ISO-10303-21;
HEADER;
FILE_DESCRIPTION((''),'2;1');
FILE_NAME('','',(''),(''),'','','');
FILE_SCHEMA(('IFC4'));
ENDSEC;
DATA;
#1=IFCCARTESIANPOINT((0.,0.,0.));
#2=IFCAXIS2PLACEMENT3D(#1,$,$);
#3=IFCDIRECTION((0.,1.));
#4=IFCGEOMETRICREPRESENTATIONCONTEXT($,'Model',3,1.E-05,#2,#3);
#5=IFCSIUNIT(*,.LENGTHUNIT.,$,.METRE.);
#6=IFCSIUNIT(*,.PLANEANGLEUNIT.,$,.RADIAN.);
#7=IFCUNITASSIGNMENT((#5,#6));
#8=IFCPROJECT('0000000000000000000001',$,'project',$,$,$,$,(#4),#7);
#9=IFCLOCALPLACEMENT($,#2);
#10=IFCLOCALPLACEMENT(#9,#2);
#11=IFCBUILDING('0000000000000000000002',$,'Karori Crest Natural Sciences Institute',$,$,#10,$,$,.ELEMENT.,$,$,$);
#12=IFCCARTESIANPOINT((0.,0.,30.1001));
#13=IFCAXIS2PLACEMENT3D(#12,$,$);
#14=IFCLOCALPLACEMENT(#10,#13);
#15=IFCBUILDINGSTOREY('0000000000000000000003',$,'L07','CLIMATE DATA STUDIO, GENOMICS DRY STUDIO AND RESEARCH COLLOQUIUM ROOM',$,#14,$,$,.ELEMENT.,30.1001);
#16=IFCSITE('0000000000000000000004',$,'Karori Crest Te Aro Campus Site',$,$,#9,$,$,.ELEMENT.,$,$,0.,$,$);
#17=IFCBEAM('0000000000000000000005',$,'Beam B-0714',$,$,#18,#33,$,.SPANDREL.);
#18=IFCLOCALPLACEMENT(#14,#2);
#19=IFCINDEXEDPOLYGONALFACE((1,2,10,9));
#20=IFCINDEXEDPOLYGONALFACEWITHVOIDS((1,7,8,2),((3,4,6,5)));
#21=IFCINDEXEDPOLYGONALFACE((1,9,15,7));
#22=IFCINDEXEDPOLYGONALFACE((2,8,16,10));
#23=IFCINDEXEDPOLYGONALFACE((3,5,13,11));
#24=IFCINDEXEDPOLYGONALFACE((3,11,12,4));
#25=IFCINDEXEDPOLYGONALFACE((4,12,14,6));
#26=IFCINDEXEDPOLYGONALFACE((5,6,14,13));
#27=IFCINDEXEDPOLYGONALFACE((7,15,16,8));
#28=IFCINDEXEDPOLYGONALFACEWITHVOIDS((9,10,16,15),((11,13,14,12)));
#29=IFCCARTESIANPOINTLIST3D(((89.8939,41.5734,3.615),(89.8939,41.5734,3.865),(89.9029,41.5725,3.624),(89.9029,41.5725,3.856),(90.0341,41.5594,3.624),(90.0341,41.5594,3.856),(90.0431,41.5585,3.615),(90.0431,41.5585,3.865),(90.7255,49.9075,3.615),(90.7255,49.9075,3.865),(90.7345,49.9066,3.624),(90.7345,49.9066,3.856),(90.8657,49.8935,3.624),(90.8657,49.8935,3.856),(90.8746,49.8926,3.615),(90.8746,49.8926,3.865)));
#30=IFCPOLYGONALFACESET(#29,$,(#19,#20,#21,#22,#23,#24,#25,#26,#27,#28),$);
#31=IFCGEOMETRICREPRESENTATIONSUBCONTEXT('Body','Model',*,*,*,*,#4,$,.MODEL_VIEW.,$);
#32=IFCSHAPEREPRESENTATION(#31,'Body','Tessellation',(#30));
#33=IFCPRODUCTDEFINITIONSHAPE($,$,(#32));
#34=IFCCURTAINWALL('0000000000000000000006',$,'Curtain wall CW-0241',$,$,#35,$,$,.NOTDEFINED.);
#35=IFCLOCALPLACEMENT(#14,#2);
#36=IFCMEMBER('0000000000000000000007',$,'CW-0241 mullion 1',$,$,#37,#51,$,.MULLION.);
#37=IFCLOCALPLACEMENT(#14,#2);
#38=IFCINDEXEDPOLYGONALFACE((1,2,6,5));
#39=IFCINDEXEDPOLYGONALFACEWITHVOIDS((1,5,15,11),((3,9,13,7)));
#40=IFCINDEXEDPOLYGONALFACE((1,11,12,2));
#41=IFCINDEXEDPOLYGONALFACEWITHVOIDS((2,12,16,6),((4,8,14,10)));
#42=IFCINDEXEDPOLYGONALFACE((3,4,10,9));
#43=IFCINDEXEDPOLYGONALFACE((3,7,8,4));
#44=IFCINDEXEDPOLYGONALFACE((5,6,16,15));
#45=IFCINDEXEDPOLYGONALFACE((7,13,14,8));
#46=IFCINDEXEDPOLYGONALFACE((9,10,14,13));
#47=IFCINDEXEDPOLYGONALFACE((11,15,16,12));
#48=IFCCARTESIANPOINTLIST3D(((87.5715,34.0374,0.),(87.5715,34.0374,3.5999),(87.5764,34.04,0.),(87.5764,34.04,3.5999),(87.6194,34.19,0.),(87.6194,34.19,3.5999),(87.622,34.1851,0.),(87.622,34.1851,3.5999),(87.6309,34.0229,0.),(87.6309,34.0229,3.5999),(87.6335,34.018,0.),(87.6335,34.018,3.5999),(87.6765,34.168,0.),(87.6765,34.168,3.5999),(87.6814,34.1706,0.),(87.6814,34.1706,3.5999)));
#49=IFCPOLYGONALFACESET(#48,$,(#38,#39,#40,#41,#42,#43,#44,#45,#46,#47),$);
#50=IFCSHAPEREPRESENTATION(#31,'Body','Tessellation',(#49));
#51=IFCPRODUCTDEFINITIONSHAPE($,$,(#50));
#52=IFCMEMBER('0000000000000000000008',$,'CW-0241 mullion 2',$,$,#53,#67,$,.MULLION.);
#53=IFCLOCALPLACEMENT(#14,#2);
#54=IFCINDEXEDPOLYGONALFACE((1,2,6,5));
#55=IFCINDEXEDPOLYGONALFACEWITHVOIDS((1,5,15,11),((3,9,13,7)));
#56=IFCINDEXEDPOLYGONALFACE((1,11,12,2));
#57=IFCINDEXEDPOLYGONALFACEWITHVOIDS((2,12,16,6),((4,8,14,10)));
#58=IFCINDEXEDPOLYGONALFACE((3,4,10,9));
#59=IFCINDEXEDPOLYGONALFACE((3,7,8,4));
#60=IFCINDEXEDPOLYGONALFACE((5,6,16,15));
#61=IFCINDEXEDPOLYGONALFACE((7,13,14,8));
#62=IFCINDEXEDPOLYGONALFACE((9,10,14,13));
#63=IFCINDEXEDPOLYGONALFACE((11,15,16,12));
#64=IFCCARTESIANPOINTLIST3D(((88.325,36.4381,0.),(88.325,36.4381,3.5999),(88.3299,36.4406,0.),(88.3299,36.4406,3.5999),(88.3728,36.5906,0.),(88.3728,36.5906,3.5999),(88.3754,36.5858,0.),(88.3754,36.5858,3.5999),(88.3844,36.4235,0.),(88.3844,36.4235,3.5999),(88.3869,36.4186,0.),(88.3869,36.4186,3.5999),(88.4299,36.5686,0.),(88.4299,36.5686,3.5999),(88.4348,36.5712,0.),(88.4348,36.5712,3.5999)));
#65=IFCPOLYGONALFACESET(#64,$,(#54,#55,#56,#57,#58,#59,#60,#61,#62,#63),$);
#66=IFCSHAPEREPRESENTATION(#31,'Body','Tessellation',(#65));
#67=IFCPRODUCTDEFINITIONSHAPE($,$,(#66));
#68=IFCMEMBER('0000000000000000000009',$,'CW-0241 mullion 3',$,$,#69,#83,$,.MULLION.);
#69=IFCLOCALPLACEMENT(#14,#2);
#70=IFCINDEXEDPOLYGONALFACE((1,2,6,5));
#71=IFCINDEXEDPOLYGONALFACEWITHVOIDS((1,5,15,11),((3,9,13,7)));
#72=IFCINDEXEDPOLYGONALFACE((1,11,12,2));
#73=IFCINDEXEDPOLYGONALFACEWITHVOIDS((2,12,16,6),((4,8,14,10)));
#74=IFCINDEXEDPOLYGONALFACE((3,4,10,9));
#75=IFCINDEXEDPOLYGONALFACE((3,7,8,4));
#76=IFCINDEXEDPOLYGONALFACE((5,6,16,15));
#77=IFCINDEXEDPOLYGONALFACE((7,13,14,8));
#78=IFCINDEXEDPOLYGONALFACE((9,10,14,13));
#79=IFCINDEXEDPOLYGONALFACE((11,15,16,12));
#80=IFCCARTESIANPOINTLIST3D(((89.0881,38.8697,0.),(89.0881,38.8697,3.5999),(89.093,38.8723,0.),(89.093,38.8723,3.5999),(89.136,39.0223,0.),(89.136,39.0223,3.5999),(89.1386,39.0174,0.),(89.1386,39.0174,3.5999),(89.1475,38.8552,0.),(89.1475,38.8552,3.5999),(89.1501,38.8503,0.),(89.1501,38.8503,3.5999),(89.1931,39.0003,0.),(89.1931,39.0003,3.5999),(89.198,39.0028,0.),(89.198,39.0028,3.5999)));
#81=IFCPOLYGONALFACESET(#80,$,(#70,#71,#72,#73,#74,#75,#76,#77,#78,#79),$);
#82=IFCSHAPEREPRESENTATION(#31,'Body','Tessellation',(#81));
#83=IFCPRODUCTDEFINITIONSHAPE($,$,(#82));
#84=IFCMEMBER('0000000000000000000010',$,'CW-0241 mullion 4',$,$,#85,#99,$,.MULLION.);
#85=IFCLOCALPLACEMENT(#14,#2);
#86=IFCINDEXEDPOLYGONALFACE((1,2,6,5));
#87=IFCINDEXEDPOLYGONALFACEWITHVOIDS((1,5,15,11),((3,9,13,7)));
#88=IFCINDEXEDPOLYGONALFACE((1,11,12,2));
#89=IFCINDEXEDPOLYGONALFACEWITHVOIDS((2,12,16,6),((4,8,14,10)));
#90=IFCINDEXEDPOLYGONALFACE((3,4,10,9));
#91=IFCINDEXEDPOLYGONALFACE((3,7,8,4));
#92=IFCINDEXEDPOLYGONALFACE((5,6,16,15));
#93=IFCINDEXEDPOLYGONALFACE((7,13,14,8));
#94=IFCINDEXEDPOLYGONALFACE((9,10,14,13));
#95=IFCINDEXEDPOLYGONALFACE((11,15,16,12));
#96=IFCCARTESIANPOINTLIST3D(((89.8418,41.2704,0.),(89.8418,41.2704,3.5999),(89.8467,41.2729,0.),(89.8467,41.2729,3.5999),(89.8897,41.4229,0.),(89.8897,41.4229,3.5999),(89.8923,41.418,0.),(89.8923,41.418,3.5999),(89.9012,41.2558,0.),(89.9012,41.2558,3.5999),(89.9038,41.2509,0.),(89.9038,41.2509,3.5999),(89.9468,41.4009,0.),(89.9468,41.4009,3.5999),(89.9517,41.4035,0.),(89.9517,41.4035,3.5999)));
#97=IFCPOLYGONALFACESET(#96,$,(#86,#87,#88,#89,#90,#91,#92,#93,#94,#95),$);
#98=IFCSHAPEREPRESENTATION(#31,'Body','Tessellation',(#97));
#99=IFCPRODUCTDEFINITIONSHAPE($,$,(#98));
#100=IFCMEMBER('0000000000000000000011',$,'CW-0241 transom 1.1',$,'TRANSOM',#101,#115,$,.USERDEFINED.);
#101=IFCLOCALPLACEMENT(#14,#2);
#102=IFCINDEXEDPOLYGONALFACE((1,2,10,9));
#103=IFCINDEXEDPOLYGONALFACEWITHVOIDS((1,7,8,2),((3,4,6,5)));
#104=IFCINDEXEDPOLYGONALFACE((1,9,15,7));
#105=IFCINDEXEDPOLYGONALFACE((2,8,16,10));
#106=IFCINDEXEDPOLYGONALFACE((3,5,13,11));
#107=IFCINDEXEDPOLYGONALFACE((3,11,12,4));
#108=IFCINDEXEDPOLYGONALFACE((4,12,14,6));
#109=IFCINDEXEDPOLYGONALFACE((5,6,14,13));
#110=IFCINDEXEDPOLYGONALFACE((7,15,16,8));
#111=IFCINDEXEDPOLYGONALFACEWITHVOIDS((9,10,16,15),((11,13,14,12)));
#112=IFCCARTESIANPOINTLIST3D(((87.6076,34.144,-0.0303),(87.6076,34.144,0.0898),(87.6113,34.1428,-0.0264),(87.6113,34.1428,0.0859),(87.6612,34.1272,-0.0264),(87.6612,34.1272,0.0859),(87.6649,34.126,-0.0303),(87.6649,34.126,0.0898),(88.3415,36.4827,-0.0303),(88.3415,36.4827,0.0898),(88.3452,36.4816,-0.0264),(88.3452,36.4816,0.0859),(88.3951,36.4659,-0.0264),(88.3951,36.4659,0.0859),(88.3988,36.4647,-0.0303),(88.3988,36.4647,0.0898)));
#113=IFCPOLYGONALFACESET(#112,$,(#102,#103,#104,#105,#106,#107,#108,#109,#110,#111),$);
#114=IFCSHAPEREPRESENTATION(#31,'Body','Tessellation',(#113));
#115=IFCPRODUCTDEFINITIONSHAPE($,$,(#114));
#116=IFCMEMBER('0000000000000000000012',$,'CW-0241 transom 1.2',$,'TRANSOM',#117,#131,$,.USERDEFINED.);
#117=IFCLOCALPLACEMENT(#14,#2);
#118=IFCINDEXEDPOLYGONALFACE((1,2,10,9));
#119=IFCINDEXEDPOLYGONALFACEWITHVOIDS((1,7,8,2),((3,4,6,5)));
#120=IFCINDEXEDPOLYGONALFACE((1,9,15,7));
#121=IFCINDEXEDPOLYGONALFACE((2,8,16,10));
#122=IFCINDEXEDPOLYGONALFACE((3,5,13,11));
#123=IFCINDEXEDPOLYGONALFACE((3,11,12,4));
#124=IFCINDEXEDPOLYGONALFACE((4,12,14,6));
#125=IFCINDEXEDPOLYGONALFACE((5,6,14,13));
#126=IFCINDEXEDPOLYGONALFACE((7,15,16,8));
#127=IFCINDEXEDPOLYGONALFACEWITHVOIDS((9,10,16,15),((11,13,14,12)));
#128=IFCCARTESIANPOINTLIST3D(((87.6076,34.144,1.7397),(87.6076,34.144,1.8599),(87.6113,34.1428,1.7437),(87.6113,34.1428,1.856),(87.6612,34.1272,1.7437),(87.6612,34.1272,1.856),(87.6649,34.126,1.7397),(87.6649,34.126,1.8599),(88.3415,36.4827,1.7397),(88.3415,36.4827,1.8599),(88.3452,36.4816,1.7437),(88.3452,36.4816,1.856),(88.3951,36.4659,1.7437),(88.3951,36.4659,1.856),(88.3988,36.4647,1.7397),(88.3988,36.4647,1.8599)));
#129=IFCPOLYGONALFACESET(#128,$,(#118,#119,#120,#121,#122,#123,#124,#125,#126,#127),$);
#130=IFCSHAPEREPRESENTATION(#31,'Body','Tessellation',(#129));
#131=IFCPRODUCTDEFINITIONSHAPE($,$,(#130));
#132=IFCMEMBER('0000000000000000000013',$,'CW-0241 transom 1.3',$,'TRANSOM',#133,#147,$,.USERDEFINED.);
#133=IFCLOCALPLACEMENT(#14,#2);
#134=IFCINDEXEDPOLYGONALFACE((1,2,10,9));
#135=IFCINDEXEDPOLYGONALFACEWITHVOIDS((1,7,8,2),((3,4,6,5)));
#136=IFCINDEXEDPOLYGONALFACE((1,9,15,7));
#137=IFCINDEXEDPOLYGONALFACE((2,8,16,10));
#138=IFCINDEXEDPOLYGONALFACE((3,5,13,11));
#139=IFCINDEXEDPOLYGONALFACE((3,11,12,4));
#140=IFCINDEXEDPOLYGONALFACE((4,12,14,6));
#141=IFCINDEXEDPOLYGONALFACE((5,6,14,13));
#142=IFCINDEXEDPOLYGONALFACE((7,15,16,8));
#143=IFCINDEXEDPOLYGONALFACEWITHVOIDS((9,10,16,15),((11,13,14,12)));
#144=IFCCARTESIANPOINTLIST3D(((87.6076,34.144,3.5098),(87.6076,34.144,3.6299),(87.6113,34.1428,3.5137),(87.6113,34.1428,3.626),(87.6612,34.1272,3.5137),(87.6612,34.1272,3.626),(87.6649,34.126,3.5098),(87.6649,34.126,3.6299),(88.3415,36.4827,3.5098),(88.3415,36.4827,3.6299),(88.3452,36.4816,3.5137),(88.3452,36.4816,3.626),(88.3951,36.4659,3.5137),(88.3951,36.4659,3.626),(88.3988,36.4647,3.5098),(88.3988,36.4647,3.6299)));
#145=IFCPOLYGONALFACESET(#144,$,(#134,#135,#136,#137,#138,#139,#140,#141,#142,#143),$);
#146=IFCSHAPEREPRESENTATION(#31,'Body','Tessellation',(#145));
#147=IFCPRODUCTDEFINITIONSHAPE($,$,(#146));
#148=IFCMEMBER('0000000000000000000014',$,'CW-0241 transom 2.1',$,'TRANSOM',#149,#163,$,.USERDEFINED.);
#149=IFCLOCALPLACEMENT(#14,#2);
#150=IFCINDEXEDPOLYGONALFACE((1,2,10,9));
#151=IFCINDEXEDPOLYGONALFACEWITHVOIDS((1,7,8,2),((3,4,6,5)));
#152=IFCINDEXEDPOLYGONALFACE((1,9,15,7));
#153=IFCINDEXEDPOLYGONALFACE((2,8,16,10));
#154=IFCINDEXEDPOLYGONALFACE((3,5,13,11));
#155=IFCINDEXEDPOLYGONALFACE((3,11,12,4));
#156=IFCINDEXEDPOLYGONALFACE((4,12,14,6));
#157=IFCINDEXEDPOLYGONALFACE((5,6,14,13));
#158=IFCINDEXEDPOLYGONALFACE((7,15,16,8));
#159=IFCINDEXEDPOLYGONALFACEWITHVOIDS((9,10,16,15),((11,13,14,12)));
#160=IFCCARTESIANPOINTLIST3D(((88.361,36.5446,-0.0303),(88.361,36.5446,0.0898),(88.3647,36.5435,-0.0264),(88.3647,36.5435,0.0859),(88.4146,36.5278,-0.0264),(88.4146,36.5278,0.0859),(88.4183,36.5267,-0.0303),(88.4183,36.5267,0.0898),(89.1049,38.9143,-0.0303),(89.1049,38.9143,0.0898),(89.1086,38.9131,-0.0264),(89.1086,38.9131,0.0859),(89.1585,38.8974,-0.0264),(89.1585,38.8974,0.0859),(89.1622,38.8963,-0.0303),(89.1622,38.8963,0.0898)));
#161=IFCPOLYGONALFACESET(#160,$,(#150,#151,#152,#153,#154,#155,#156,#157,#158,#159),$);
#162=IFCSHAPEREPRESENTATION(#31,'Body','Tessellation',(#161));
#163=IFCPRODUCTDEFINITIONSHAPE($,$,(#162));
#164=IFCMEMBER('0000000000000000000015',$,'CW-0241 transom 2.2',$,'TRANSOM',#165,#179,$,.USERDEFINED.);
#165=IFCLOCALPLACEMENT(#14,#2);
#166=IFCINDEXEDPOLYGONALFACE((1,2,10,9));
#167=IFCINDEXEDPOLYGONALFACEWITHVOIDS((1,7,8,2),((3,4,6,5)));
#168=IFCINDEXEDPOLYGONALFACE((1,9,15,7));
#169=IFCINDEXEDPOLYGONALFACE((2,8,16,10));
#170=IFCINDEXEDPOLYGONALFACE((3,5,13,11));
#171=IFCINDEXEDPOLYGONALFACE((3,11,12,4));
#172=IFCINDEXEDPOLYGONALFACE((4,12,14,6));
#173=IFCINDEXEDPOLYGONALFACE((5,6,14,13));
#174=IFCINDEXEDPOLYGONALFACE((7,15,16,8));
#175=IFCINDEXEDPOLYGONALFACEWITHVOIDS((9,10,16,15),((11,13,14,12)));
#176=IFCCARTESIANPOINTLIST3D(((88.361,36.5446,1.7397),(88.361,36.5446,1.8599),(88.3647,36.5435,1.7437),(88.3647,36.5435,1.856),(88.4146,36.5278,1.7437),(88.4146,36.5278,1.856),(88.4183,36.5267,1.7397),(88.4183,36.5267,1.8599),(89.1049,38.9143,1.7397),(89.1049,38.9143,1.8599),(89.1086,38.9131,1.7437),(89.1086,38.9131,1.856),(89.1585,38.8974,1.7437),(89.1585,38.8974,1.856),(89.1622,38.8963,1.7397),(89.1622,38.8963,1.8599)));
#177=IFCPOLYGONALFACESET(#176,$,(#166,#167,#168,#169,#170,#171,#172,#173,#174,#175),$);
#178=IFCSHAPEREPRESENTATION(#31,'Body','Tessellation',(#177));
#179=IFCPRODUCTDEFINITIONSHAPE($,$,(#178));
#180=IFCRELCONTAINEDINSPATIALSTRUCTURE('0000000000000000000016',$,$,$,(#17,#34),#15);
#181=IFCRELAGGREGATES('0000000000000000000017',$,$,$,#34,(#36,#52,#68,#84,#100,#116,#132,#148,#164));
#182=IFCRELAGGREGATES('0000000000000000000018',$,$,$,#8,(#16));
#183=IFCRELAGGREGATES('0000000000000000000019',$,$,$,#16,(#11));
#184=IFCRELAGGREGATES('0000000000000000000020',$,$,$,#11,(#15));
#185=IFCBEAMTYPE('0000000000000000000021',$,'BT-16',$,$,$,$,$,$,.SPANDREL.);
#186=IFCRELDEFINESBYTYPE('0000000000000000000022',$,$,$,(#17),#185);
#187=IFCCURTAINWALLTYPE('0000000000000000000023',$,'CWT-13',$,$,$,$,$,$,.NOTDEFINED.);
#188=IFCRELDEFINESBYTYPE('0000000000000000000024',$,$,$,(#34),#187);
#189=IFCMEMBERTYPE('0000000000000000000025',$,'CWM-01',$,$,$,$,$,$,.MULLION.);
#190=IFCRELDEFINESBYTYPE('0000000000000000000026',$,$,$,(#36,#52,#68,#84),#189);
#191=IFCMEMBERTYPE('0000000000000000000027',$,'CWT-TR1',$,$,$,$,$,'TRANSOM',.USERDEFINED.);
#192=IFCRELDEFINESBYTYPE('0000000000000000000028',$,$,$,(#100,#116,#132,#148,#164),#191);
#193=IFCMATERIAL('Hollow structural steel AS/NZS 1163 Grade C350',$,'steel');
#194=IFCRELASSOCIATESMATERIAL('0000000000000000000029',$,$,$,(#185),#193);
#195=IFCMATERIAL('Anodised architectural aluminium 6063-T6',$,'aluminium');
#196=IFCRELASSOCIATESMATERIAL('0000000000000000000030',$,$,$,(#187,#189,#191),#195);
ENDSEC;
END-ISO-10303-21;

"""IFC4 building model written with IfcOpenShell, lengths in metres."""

from ifc_helpers import new_model, si_unit, direction, frame, origin, origin_2d, place, context, subcontext, project, spatial, hollow_rectangle, extrude, material, material_profile, profile_set, type_object, element, aggregate, save


model = new_model("IFC4")

# Units and contexts
model_context = context("Model", 3, precision=1e-05, world=origin(), true_north=direction((0.0, 1.0)))
body_context = subcontext(model_context, "Body", "Model", "MODEL_VIEW")
ifc_project = project(units=[si_unit("LENGTHUNIT", "METRE"), si_unit("PLANEANGLEUNIT", "RADIAN")], contexts=[model_context])

# Site, building, storey
site_placement = place(None, origin())
site = spatial("IfcSite", under=ifc_project, at=site_placement, Name="Karori Crest Te Aro Campus Site", CompositionType="ELEMENT", RefElevation=0.0)
building_placement = place(site_placement, origin())
building = spatial("IfcBuilding", under=site, at=building_placement, Name="Karori Crest Natural Sciences Institute", CompositionType="ELEMENT")
storey_placement = place(building_placement, frame((0.0, 0.0, 30.1001)))
storey = spatial("IfcBuildingStorey", under=building, at=storey_placement, Name="L07", Description="CLIMATE DATA STUDIO, GENOMICS DRY STUDIO AND RESEARCH COLLOQUIUM ROOM", CompositionType="ELEMENT", Elevation=30.1001)

# Beam
ifc_material_1 = material(Name="Hollow structural steel AS/NZS 1163 Grade C350", Category="steel")
ifc_material_profile_1 = material_profile(ifc_material_1, hollow_rectangle(XDim=0.1499, YDim=0.25, WallThickness=0.009, at=origin_2d()), Name="RHS250x150x9")
ifc_profile_set_1 = profile_set([ifc_material_profile_1], Name="Hollow structural steel AS/NZS 1163 Grade C350")
beam_type_1 = type_object("IfcBeamType", Name="BT-16", PredefinedType="SPANDREL", material=ifc_profile_set_1)
beam_1_placement = place(storey_placement, frame((89.9685, 41.5659, 3.74), z_axis=(0.099284, 0.995059, 0.0), x_axis=(-0.995059, 0.099284, 0.0)))
element("IfcBeam", 1, at=beam_1_placement, inside=storey, type_object=beam_type_1, Name="Beam B-0714", PredefinedType="SPANDREL", context=body_context, shape_type="SweptSolid", body=[
    extrude(hollow_rectangle(XDim=0.1499, YDim=0.25, WallThickness=0.009, at=origin_2d()), origin(), (0.0, 0.0, 1.0), 8.3755),
])

# Curtain wall, members
ifc_material_2 = material(Name="Anodised architectural aluminium 6063-T6", Category="aluminium")
curtain_wall_type = type_object("IfcCurtainWallType", Name="CWT-13", PredefinedType="NOTDEFINED", material=ifc_material_2)
curtain_wall_placement = place(storey_placement, origin())
curtain_wall = element("IfcCurtainWall", 2, at=curtain_wall_placement, inside=storey, type_object=curtain_wall_type, Name="Curtain wall CW-0241", PredefinedType="NOTDEFINED")
ifc_material_profile_2 = material_profile(ifc_material_2, hollow_rectangle(XDim=0.0649, YDim=0.1599, WallThickness=0.0039, at=origin_2d()), Name="CWM160x65x4")
ifc_profile_set_2 = profile_set([ifc_material_profile_2], Name="Anodised architectural aluminium 6063-T6")
member_type_1 = type_object("IfcMemberType", Name="CWM-01", PredefinedType="MULLION", material=ifc_profile_set_2)
member_1_placement = place(storey_placement, frame((87.6265, 34.104, 0.0), z_axis=(0.0, 0.0, 1.0), x_axis=(-0.954104, 0.299475, 0.0)))
member_1 = element("IfcMember", 3, at=member_1_placement, type_object=member_type_1, Name="CW-0241 mullion 1", PredefinedType="MULLION", context=body_context, shape_type="SweptSolid", body=[
    extrude(hollow_rectangle(XDim=0.0649, YDim=0.1599, WallThickness=0.0039, at=origin_2d()), origin(), (0.0, 0.0, 1.0), 3.5999),
])
member_2_placement = place(storey_placement, frame((88.3799, 36.5046, 0.0), z_axis=(0.0, 0.0, 1.0), x_axis=(-0.954104, 0.299475, 0.0)))
member_2 = element("IfcMember", 4, at=member_2_placement, type_object=member_type_1, Name="CW-0241 mullion 2", PredefinedType="MULLION", context=body_context, shape_type="SweptSolid", body=[
    extrude(hollow_rectangle(XDim=0.0649, YDim=0.1599, WallThickness=0.0039, at=origin_2d()), origin(), (0.0, 0.0, 1.0), 3.5999),
])
member_3_placement = place(storey_placement, frame((89.1431, 38.9363, 0.0), z_axis=(0.0, 0.0, 1.0), x_axis=(-0.954104, 0.299475, 0.0)))
member_3 = element("IfcMember", 5, at=member_3_placement, type_object=member_type_1, Name="CW-0241 mullion 3", PredefinedType="MULLION", context=body_context, shape_type="SweptSolid", body=[
    extrude(hollow_rectangle(XDim=0.0649, YDim=0.1599, WallThickness=0.0039, at=origin_2d()), origin(), (0.0, 0.0, 1.0), 3.5999),
])
member_4_placement = place(storey_placement, frame((89.8967, 41.3369, 0.0), z_axis=(0.0, 0.0, 1.0), x_axis=(-0.954104, 0.299475, 0.0)))
member_4 = element("IfcMember", 6, at=member_4_placement, type_object=member_type_1, Name="CW-0241 mullion 4", PredefinedType="MULLION", context=body_context, shape_type="SweptSolid", body=[
    extrude(hollow_rectangle(XDim=0.0649, YDim=0.1599, WallThickness=0.0039, at=origin_2d()), origin(), (0.0, 0.0, 1.0), 3.5999),
])
ifc_material_profile_3 = material_profile(ifc_material_2, hollow_rectangle(XDim=0.0601, YDim=0.1201, WallThickness=0.0039, at=origin_2d()), Name="CWT120x60x4")
ifc_profile_set_3 = profile_set([ifc_material_profile_3], Name="Anodised architectural aluminium 6063-T6")
member_type_2 = type_object("IfcMemberType", Name="CWT-TR1", ElementType="TRANSOM", PredefinedType="USERDEFINED", material=ifc_profile_set_3)
member_5_placement = place(storey_placement, frame((87.6362, 34.135, 0.0298), z_axis=(0.299415, 0.954123, 0.0), x_axis=(-0.954123, 0.299415, 0.0)))
member_5 = element("IfcMember", 7, at=member_5_placement, type_object=member_type_2, Name="CW-0241 transom 1.1", ObjectType="TRANSOM", PredefinedType="USERDEFINED", context=body_context, shape_type="SweptSolid", body=[
    extrude(hollow_rectangle(XDim=0.0601, YDim=0.1201, WallThickness=0.0039, at=origin_2d()), origin(), (0.0, 0.0, 1.0), 2.4512),
])
member_6_placement = place(storey_placement, frame((87.6362, 34.135, 1.7998), z_axis=(0.299415, 0.954123, 0.0), x_axis=(-0.954123, 0.299415, 0.0)))
member_6 = element("IfcMember", 8, at=member_6_placement, type_object=member_type_2, Name="CW-0241 transom 1.2", ObjectType="TRANSOM", PredefinedType="USERDEFINED", context=body_context, shape_type="SweptSolid", body=[
    extrude(hollow_rectangle(XDim=0.0601, YDim=0.1201, WallThickness=0.0039, at=origin_2d()), origin(), (0.0, 0.0, 1.0), 2.4512),
])
member_7_placement = place(storey_placement, frame((87.6362, 34.135, 3.5698), z_axis=(0.299415, 0.954123, 0.0), x_axis=(-0.954123, 0.299415, 0.0)))
member_7 = element("IfcMember", 9, at=member_7_placement, type_object=member_type_2, Name="CW-0241 transom 1.3", ObjectType="TRANSOM", PredefinedType="USERDEFINED", context=body_context, shape_type="SweptSolid", body=[
    extrude(hollow_rectangle(XDim=0.0601, YDim=0.1201, WallThickness=0.0039, at=origin_2d()), origin(), (0.0, 0.0, 1.0), 2.4512),
])
member_8_placement = place(storey_placement, frame((88.3896, 36.5356, 0.0298), z_axis=(0.299517, 0.954091, 0.0), x_axis=(-0.954091, 0.299517, 0.0)))
member_8 = element("IfcMember", 10, at=member_8_placement, type_object=member_type_2, Name="CW-0241 transom 2.1", ObjectType="TRANSOM", PredefinedType="USERDEFINED", context=body_context, shape_type="SweptSolid", body=[
    extrude(hollow_rectangle(XDim=0.0601, YDim=0.1201, WallThickness=0.0039, at=origin_2d()), origin(), (0.0, 0.0, 1.0), 2.4836),
])
member_9_placement = place(storey_placement, frame((88.3896, 36.5356, 1.7998), z_axis=(0.299517, 0.954091, 0.0), x_axis=(-0.954091, 0.299517, 0.0)))
member_9 = element("IfcMember", 11, at=member_9_placement, type_object=member_type_2, Name="CW-0241 transom 2.2", ObjectType="TRANSOM", PredefinedType="USERDEFINED", context=body_context, shape_type="SweptSolid", body=[
    extrude(hollow_rectangle(XDim=0.0601, YDim=0.1201, WallThickness=0.0039, at=origin_2d()), origin(), (0.0, 0.0, 1.0), 2.4836),
])

aggregate(curtain_wall, [member_1, member_2, member_3, member_4, member_5, member_6, member_7, member_8, member_9])

save(model, "model.ifc")
